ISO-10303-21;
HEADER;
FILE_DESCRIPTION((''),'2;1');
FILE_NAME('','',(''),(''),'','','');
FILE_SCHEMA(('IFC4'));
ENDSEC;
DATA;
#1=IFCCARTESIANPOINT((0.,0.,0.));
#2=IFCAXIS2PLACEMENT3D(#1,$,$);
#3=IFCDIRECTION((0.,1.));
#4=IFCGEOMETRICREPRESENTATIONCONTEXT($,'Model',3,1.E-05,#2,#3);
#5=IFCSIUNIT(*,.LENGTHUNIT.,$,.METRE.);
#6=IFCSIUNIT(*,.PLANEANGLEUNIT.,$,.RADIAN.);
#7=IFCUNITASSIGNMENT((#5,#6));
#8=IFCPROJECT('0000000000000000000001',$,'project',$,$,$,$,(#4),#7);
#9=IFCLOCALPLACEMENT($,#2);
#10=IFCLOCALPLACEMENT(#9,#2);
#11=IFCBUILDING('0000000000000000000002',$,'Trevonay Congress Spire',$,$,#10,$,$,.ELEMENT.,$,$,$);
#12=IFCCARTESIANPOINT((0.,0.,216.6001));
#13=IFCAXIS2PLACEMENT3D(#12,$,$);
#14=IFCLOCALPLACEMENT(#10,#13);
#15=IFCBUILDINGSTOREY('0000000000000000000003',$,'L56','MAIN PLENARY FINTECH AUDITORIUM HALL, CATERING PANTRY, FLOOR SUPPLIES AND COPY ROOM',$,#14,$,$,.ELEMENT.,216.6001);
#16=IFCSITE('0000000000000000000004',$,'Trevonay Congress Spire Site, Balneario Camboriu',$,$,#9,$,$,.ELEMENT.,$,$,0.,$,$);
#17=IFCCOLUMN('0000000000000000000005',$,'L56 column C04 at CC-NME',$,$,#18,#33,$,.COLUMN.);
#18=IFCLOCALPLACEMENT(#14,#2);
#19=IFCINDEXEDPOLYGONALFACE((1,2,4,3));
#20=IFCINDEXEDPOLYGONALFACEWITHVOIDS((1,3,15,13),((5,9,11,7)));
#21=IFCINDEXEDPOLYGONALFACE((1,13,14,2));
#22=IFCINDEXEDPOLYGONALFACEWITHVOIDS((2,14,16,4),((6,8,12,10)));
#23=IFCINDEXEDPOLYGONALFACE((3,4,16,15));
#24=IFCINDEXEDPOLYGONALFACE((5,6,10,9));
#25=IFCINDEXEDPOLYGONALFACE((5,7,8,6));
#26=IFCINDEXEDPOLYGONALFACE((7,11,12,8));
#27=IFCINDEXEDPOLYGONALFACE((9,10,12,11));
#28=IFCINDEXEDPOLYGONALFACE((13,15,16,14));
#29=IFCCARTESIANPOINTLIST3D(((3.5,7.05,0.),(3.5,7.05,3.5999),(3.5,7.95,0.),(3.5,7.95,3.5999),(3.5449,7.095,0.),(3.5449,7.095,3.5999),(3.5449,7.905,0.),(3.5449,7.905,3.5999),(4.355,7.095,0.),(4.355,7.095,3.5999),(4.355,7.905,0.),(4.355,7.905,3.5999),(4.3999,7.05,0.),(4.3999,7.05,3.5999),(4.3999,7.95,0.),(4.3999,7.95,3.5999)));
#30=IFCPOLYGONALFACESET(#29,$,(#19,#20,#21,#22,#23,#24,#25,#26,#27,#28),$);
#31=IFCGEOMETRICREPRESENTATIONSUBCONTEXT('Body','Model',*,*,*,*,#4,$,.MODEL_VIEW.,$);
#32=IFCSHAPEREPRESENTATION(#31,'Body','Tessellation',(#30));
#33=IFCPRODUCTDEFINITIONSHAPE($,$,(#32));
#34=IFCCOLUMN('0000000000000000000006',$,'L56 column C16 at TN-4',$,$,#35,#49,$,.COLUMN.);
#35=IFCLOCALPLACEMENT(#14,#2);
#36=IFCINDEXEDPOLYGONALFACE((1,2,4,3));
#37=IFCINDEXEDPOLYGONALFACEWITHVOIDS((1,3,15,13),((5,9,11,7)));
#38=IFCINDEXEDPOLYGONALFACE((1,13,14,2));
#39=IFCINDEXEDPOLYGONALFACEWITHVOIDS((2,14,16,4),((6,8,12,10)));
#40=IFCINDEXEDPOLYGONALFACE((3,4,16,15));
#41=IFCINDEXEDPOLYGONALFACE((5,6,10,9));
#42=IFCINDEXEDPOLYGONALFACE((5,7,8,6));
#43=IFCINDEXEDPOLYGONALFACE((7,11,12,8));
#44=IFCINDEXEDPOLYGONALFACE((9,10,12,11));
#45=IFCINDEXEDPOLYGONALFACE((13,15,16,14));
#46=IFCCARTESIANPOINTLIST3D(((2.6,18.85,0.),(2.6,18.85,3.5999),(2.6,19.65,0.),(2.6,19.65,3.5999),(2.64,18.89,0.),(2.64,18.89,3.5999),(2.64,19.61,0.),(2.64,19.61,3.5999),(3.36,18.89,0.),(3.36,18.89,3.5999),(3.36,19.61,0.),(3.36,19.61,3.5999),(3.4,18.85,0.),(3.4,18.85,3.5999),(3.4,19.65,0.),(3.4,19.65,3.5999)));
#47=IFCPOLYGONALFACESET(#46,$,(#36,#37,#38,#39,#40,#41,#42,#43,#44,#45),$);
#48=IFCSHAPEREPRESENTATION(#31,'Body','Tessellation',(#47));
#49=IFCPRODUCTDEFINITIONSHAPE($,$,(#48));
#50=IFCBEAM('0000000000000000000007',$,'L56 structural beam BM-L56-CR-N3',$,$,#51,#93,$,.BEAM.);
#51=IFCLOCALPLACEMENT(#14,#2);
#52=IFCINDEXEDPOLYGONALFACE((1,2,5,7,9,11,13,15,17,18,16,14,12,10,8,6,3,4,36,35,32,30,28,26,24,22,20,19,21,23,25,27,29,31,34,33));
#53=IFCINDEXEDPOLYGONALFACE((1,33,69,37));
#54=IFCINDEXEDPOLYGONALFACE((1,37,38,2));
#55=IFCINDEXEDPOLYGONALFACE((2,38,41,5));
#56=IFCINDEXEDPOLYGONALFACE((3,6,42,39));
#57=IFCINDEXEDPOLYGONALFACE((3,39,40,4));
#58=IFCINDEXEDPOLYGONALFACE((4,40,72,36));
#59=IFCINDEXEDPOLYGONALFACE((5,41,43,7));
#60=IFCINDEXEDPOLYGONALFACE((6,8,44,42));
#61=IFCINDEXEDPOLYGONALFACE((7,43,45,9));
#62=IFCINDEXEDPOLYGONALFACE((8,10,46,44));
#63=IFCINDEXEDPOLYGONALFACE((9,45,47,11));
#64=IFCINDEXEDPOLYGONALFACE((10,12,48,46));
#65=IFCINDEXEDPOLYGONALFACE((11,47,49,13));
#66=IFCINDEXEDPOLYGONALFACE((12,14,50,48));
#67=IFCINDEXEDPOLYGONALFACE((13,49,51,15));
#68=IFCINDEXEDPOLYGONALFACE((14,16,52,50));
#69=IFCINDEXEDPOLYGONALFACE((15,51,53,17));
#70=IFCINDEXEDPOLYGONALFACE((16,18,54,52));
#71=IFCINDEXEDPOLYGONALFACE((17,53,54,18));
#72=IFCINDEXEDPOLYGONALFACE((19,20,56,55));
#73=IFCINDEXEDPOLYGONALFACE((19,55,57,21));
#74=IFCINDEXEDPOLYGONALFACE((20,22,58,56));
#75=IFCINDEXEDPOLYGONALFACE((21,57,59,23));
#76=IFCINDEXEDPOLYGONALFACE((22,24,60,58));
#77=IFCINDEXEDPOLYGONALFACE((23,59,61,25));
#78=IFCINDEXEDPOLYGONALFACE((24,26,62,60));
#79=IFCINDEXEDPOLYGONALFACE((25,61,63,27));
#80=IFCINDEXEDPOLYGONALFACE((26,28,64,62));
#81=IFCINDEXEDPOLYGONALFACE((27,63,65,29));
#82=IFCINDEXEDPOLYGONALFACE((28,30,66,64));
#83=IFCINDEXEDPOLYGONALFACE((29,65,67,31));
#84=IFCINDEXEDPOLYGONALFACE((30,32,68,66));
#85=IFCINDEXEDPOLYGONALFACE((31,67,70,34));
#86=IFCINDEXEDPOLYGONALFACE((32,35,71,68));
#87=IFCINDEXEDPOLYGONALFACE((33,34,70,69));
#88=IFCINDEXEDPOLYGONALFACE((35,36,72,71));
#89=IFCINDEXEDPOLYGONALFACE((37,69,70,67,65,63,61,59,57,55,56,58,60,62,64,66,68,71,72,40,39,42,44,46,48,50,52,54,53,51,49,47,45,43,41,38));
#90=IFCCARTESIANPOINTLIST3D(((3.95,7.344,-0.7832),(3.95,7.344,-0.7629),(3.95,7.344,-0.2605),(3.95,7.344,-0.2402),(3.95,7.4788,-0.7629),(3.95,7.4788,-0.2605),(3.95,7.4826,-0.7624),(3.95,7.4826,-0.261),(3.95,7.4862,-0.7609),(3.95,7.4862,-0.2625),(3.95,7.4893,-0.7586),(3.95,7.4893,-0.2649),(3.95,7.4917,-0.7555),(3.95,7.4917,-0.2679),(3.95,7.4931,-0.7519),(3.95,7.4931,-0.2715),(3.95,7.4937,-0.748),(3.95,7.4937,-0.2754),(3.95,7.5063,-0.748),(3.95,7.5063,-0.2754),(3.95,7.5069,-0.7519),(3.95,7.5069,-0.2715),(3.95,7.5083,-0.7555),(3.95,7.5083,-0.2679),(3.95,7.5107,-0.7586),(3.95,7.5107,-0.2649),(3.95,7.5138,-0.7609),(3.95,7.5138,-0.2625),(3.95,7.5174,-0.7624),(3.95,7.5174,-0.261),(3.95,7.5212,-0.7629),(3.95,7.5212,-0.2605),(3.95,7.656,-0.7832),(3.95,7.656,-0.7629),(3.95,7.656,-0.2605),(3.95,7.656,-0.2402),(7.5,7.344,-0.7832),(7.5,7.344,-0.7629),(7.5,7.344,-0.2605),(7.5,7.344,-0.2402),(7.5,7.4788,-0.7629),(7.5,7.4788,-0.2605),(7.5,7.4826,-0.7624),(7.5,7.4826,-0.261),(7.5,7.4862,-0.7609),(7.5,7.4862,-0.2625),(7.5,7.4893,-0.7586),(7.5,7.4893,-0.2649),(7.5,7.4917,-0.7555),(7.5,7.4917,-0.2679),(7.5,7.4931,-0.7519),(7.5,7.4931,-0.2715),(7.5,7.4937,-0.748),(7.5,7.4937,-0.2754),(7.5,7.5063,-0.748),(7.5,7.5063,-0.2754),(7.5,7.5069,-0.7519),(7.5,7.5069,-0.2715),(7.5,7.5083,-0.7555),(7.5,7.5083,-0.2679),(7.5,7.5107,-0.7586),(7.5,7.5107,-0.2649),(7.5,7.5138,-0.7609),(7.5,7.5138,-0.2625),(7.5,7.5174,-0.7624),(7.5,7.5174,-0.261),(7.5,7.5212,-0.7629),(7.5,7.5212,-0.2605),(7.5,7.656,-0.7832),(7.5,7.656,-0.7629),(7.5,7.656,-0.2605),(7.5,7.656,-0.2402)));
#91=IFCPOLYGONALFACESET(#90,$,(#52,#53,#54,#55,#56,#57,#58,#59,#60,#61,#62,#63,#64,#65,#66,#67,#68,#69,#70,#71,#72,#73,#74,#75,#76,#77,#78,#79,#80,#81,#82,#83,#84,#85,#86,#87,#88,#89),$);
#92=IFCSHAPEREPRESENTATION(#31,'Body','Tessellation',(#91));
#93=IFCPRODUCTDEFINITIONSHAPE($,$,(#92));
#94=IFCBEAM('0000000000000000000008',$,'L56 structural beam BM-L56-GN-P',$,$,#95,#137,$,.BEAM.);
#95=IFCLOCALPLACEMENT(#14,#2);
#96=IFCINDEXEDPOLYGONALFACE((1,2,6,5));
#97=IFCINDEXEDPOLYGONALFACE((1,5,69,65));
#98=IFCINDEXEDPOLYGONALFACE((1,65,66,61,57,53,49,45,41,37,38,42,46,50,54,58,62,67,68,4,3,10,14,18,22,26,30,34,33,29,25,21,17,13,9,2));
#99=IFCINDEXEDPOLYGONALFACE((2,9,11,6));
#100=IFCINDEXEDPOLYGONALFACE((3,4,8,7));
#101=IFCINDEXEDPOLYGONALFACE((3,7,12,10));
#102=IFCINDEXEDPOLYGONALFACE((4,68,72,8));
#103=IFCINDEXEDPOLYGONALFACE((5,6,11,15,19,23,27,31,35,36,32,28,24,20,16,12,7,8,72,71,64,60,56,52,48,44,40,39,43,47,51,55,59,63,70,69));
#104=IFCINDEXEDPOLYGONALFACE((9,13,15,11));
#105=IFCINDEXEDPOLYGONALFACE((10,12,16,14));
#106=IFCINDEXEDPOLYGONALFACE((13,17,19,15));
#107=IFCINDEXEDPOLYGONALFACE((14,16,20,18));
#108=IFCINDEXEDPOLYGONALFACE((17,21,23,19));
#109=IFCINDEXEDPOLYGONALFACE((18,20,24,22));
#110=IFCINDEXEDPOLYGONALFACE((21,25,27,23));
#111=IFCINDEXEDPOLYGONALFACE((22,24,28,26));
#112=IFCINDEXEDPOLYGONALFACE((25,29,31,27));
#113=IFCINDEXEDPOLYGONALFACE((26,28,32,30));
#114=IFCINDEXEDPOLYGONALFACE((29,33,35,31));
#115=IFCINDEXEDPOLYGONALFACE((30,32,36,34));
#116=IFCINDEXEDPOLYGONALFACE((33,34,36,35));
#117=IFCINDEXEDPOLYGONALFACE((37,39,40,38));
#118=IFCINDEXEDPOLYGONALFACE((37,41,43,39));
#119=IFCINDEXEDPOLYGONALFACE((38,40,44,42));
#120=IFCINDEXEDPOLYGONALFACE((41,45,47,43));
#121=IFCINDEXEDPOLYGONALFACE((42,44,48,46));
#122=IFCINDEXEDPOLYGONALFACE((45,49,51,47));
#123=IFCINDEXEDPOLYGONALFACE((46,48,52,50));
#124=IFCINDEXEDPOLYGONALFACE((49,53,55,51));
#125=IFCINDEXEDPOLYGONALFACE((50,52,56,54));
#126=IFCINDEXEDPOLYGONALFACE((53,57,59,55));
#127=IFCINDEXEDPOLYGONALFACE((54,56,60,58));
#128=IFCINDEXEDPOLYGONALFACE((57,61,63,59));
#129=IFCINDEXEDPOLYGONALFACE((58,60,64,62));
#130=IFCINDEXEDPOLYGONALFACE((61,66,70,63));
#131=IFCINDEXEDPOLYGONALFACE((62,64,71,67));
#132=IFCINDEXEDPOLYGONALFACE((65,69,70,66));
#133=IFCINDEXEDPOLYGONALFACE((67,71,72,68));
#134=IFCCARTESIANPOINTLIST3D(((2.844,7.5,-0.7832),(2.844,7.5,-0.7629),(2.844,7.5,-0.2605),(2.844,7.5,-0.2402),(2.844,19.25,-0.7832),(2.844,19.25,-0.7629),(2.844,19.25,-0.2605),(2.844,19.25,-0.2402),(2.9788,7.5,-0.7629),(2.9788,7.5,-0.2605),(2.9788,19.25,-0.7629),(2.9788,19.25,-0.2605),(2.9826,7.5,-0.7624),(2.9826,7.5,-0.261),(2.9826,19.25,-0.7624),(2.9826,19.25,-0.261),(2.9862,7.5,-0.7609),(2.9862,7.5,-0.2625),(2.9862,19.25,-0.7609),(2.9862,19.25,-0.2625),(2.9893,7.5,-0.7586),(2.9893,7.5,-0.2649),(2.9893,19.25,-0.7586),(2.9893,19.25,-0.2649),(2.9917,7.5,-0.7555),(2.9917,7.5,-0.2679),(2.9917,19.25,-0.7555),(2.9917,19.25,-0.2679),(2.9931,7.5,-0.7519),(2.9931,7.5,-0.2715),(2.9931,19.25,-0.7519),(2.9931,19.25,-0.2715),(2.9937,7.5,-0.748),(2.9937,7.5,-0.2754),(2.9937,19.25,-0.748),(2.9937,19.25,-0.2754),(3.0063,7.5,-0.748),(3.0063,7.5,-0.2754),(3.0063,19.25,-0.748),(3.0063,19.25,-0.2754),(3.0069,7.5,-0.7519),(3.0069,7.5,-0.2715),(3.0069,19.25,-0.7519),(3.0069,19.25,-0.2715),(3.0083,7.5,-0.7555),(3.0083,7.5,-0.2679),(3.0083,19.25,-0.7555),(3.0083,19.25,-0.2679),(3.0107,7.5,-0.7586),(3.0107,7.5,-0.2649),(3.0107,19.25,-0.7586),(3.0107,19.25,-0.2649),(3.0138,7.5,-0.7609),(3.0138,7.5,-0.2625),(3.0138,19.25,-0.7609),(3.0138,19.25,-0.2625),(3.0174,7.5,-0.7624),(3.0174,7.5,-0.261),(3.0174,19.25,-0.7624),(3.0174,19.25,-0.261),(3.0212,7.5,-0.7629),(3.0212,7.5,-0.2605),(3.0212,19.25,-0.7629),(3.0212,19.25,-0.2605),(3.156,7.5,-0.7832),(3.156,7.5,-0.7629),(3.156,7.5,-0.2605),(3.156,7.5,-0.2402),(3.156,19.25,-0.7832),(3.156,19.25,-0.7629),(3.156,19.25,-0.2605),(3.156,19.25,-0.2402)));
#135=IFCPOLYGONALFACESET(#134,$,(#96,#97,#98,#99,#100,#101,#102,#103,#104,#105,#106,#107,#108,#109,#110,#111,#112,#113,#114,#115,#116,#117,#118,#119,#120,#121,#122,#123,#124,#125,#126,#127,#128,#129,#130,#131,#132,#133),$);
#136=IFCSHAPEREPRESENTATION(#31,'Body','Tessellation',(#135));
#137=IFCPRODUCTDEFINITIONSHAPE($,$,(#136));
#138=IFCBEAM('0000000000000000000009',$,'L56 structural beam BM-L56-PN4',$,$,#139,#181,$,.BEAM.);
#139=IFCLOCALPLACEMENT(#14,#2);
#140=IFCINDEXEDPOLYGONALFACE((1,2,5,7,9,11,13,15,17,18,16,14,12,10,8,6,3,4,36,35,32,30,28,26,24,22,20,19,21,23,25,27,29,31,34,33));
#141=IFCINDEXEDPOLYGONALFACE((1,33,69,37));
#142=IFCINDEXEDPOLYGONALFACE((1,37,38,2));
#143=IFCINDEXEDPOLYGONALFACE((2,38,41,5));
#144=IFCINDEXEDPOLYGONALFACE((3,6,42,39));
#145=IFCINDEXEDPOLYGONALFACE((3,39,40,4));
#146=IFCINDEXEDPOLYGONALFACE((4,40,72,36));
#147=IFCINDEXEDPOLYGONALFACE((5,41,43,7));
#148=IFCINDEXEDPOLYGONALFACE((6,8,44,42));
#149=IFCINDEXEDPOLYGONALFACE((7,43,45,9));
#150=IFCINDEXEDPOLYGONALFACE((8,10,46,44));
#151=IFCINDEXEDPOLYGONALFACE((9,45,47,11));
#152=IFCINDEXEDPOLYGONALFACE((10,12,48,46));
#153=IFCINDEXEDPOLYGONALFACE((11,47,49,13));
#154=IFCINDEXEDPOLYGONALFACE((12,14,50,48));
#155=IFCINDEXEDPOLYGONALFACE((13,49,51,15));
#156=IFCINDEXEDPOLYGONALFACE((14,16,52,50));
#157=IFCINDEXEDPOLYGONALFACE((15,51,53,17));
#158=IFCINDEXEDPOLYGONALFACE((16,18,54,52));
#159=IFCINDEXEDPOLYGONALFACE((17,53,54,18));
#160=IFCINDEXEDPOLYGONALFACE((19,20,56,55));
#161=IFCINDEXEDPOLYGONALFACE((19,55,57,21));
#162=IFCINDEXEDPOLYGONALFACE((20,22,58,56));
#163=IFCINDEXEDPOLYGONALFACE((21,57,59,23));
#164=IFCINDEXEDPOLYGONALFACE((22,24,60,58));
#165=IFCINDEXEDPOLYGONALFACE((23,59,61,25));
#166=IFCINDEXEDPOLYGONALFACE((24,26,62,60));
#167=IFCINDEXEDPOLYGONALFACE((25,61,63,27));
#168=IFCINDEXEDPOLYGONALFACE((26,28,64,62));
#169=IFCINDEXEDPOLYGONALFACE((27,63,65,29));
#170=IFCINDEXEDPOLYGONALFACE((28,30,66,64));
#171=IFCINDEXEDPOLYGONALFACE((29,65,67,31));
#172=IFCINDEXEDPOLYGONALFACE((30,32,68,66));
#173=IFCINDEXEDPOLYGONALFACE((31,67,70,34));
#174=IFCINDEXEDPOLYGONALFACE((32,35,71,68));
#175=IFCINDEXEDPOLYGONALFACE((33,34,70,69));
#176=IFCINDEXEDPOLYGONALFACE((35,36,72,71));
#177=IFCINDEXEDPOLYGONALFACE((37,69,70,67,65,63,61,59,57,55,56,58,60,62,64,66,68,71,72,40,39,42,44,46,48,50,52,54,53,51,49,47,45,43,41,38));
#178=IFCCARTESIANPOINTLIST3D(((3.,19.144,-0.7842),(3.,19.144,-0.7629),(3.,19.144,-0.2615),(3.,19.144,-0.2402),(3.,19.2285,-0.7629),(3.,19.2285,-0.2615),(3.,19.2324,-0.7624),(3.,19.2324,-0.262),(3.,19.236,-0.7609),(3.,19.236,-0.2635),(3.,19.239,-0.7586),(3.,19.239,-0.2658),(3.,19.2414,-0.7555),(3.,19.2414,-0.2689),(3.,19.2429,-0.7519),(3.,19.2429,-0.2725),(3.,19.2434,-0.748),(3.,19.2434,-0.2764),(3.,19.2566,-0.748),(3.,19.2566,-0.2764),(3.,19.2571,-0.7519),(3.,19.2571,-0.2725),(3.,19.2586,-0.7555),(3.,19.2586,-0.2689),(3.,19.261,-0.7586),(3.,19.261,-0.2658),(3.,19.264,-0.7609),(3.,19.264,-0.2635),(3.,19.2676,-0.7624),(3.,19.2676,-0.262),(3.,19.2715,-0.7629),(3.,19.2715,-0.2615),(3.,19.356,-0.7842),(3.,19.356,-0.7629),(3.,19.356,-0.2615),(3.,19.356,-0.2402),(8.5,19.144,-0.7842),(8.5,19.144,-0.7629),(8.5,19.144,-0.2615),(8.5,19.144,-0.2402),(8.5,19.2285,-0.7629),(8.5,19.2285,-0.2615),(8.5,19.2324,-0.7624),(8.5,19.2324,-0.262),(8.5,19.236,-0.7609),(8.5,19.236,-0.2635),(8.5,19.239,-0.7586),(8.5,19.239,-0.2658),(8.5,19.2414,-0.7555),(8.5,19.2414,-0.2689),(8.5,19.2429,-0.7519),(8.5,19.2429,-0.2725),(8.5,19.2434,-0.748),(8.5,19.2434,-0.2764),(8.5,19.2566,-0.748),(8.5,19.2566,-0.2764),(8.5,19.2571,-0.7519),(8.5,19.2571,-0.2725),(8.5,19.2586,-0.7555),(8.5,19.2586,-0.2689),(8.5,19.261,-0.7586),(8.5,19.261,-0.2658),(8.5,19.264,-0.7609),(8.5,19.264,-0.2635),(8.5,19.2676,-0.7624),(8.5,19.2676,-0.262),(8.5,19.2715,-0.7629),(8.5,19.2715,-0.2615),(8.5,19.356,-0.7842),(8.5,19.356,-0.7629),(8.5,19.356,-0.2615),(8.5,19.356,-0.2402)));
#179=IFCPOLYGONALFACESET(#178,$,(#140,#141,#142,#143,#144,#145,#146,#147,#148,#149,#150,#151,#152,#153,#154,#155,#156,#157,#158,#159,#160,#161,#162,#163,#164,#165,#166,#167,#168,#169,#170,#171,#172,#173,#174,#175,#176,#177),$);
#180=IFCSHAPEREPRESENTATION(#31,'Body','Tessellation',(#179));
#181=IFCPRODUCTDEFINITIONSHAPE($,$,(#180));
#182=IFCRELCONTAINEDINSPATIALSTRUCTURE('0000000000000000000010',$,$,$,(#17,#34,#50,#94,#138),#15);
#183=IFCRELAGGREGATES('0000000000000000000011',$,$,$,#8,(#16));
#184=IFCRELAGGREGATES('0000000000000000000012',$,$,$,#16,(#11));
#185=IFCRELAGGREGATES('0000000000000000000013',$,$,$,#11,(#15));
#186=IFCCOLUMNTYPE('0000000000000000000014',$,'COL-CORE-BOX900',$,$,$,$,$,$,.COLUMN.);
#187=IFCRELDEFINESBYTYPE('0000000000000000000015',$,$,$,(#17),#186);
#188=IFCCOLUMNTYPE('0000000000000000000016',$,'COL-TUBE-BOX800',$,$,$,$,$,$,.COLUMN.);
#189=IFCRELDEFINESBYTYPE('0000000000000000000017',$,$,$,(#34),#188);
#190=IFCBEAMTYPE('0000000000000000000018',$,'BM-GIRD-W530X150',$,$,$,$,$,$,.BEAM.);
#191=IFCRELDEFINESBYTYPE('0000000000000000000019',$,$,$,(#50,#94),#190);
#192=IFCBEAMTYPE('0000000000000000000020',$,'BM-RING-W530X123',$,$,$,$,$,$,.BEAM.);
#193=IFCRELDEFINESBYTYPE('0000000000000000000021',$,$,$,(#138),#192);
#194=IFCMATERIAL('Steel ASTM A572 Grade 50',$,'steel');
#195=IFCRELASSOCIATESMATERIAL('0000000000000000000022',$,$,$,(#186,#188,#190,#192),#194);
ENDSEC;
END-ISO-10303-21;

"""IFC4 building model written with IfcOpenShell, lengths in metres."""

from ifc_helpers import new_model, si_unit, direction, frame, origin, origin_2d, place, context, subcontext, project, spatial, hollow_rectangle, i_section, extrude, material, material_profile, profile_set, type_object, element, save


model = new_model("IFC4")

# Units and contexts
model_context = context("Model", 3, precision=1e-05, world=origin(), true_north=direction((0.0, 1.0)))
body_context = subcontext(model_context, "Body", "Model", "MODEL_VIEW")
ifc_project = project(units=[si_unit("LENGTHUNIT", "METRE"), si_unit("PLANEANGLEUNIT", "RADIAN")], contexts=[model_context])

# Site, building, storey
site_placement = place(None, origin())
site = spatial("IfcSite", under=ifc_project, at=site_placement, Name="Trevonay Congress Spire Site, Balneario Camboriu", CompositionType="ELEMENT", RefElevation=0.0)
building_placement = place(site_placement, origin())
building = spatial("IfcBuilding", under=site, at=building_placement, Name="Trevonay Congress Spire", CompositionType="ELEMENT")
storey_placement = place(building_placement, frame((0.0, 0.0, 216.6001)))
storey = spatial("IfcBuildingStorey", under=building, at=storey_placement, Name="L56", Description="MAIN PLENARY FINTECH AUDITORIUM HALL, CATERING PANTRY, FLOOR SUPPLIES AND COPY ROOM", CompositionType="ELEMENT", Elevation=216.6001)

# Columns
ifc_material_1 = material(Name="Steel ASTM A572 Grade 50", Category="steel")
ifc_material_profile_1 = material_profile(ifc_material_1, hollow_rectangle(XDim=0.8999, YDim=0.8999, WallThickness=0.0449, at=origin_2d()), Name="BOX 900x900x45")
ifc_profile_set_1 = profile_set([ifc_material_profile_1], Name="Steel ASTM A572 Grade 50")
column_type_1 = type_object("IfcColumnType", Name="COL-CORE-BOX900", PredefinedType="COLUMN", material=ifc_profile_set_1)
column_1_placement = place(storey_placement, frame((3.95, 7.5, 0.0), z_axis=(0.0, 0.0, 1.0), x_axis=(1.0, 0.0, 0.0)))
element("IfcColumn", 1, at=column_1_placement, inside=storey, type_object=column_type_1, Name="L56 column C04 at CC-NME", PredefinedType="COLUMN", context=body_context, shape_type="SweptSolid", body=[
    extrude(hollow_rectangle(XDim=0.8999, YDim=0.8999, WallThickness=0.0449, at=origin_2d()), origin(), (0.0, 0.0, 1.0), 3.5999),
])
ifc_material_profile_2 = material_profile(ifc_material_1, hollow_rectangle(XDim=0.8, YDim=0.8, WallThickness=0.04, at=origin_2d()), Name="BOX 800x800x40")
ifc_profile_set_2 = profile_set([ifc_material_profile_2], Name="Steel ASTM A572 Grade 50")
column_type_2 = type_object("IfcColumnType", Name="COL-TUBE-BOX800", PredefinedType="COLUMN", material=ifc_profile_set_2)
column_2_placement = place(storey_placement, frame((3.0, 19.25, 0.0), z_axis=(0.0, 0.0, 1.0), x_axis=(1.0, 0.0, 0.0)))
element("IfcColumn", 2, at=column_2_placement, inside=storey, type_object=column_type_2, Name="L56 column C16 at TN-4", PredefinedType="COLUMN", context=body_context, shape_type="SweptSolid", body=[
    extrude(hollow_rectangle(XDim=0.8, YDim=0.8, WallThickness=0.04, at=origin_2d()), origin(), (0.0, 0.0, 1.0), 3.5999),
])

# Beams
ifc_material_profile_3 = material_profile(ifc_material_1, i_section(OverallWidth=0.312, OverallDepth=0.543, WebThickness=0.0127, FlangeThickness=0.0203, FilletRadius=0.0149, at=origin_2d()), Name="W530x150")
ifc_profile_set_3 = profile_set([ifc_material_profile_3], Name="Steel ASTM A572 Grade 50")
beam_type_1 = type_object("IfcBeamType", Name="BM-GIRD-W530X150", PredefinedType="BEAM", material=ifc_profile_set_3)
beam_1_placement = place(storey_placement, frame((3.95, 7.5, -0.5117), z_axis=(1.0, 0.0, 0.0), x_axis=(0.0, 1.0, 0.0)))
element("IfcBeam", 3, at=beam_1_placement, inside=storey, type_object=beam_type_1, Name="L56 structural beam BM-L56-CR-N3", PredefinedType="BEAM", context=body_context, shape_type="SweptSolid", body=[
    extrude(i_section(OverallWidth=0.312, OverallDepth=0.543, WebThickness=0.0127, FlangeThickness=0.0203, FilletRadius=0.0149, at=origin_2d()), origin(), (0.0, 0.0, 1.0), 3.55),
])
beam_2_placement = place(storey_placement, frame((3.0, 7.5, -0.5117), z_axis=(0.0, 1.0, 0.0), x_axis=(-1.0, 0.0, 0.0)))
element("IfcBeam", 4, at=beam_2_placement, inside=storey, type_object=beam_type_1, Name="L56 structural beam BM-L56-GN-P", PredefinedType="BEAM", context=body_context, shape_type="SweptSolid", body=[
    extrude(i_section(OverallWidth=0.312, OverallDepth=0.543, WebThickness=0.0127, FlangeThickness=0.0203, FilletRadius=0.0149, at=origin_2d()), origin(), (0.0, 0.0, 1.0), 11.75),
])
ifc_material_profile_4 = material_profile(ifc_material_1, i_section(OverallWidth=0.2119, OverallDepth=0.5439, WebThickness=0.0132, FlangeThickness=0.0212, FilletRadius=0.0149, at=origin_2d()), Name="W530x123")
ifc_profile_set_4 = profile_set([ifc_material_profile_4], Name="Steel ASTM A572 Grade 50")
beam_type_2 = type_object("IfcBeamType", Name="BM-RING-W530X123", PredefinedType="BEAM", material=ifc_profile_set_4)
beam_3_placement = place(storey_placement, frame((3.0, 19.25, -0.5122), z_axis=(1.0, 0.0, 0.0), x_axis=(0.0, 1.0, 0.0)))
element("IfcBeam", 5, at=beam_3_placement, inside=storey, type_object=beam_type_2, Name="L56 structural beam BM-L56-PN4", PredefinedType="BEAM", context=body_context, shape_type="SweptSolid", body=[
    extrude(i_section(OverallWidth=0.2119, OverallDepth=0.5439, WebThickness=0.0132, FlangeThickness=0.0212, FilletRadius=0.0149, at=origin_2d()), origin(), (0.0, 0.0, 1.0), 5.5),
])

save(model, "model.ifc")
